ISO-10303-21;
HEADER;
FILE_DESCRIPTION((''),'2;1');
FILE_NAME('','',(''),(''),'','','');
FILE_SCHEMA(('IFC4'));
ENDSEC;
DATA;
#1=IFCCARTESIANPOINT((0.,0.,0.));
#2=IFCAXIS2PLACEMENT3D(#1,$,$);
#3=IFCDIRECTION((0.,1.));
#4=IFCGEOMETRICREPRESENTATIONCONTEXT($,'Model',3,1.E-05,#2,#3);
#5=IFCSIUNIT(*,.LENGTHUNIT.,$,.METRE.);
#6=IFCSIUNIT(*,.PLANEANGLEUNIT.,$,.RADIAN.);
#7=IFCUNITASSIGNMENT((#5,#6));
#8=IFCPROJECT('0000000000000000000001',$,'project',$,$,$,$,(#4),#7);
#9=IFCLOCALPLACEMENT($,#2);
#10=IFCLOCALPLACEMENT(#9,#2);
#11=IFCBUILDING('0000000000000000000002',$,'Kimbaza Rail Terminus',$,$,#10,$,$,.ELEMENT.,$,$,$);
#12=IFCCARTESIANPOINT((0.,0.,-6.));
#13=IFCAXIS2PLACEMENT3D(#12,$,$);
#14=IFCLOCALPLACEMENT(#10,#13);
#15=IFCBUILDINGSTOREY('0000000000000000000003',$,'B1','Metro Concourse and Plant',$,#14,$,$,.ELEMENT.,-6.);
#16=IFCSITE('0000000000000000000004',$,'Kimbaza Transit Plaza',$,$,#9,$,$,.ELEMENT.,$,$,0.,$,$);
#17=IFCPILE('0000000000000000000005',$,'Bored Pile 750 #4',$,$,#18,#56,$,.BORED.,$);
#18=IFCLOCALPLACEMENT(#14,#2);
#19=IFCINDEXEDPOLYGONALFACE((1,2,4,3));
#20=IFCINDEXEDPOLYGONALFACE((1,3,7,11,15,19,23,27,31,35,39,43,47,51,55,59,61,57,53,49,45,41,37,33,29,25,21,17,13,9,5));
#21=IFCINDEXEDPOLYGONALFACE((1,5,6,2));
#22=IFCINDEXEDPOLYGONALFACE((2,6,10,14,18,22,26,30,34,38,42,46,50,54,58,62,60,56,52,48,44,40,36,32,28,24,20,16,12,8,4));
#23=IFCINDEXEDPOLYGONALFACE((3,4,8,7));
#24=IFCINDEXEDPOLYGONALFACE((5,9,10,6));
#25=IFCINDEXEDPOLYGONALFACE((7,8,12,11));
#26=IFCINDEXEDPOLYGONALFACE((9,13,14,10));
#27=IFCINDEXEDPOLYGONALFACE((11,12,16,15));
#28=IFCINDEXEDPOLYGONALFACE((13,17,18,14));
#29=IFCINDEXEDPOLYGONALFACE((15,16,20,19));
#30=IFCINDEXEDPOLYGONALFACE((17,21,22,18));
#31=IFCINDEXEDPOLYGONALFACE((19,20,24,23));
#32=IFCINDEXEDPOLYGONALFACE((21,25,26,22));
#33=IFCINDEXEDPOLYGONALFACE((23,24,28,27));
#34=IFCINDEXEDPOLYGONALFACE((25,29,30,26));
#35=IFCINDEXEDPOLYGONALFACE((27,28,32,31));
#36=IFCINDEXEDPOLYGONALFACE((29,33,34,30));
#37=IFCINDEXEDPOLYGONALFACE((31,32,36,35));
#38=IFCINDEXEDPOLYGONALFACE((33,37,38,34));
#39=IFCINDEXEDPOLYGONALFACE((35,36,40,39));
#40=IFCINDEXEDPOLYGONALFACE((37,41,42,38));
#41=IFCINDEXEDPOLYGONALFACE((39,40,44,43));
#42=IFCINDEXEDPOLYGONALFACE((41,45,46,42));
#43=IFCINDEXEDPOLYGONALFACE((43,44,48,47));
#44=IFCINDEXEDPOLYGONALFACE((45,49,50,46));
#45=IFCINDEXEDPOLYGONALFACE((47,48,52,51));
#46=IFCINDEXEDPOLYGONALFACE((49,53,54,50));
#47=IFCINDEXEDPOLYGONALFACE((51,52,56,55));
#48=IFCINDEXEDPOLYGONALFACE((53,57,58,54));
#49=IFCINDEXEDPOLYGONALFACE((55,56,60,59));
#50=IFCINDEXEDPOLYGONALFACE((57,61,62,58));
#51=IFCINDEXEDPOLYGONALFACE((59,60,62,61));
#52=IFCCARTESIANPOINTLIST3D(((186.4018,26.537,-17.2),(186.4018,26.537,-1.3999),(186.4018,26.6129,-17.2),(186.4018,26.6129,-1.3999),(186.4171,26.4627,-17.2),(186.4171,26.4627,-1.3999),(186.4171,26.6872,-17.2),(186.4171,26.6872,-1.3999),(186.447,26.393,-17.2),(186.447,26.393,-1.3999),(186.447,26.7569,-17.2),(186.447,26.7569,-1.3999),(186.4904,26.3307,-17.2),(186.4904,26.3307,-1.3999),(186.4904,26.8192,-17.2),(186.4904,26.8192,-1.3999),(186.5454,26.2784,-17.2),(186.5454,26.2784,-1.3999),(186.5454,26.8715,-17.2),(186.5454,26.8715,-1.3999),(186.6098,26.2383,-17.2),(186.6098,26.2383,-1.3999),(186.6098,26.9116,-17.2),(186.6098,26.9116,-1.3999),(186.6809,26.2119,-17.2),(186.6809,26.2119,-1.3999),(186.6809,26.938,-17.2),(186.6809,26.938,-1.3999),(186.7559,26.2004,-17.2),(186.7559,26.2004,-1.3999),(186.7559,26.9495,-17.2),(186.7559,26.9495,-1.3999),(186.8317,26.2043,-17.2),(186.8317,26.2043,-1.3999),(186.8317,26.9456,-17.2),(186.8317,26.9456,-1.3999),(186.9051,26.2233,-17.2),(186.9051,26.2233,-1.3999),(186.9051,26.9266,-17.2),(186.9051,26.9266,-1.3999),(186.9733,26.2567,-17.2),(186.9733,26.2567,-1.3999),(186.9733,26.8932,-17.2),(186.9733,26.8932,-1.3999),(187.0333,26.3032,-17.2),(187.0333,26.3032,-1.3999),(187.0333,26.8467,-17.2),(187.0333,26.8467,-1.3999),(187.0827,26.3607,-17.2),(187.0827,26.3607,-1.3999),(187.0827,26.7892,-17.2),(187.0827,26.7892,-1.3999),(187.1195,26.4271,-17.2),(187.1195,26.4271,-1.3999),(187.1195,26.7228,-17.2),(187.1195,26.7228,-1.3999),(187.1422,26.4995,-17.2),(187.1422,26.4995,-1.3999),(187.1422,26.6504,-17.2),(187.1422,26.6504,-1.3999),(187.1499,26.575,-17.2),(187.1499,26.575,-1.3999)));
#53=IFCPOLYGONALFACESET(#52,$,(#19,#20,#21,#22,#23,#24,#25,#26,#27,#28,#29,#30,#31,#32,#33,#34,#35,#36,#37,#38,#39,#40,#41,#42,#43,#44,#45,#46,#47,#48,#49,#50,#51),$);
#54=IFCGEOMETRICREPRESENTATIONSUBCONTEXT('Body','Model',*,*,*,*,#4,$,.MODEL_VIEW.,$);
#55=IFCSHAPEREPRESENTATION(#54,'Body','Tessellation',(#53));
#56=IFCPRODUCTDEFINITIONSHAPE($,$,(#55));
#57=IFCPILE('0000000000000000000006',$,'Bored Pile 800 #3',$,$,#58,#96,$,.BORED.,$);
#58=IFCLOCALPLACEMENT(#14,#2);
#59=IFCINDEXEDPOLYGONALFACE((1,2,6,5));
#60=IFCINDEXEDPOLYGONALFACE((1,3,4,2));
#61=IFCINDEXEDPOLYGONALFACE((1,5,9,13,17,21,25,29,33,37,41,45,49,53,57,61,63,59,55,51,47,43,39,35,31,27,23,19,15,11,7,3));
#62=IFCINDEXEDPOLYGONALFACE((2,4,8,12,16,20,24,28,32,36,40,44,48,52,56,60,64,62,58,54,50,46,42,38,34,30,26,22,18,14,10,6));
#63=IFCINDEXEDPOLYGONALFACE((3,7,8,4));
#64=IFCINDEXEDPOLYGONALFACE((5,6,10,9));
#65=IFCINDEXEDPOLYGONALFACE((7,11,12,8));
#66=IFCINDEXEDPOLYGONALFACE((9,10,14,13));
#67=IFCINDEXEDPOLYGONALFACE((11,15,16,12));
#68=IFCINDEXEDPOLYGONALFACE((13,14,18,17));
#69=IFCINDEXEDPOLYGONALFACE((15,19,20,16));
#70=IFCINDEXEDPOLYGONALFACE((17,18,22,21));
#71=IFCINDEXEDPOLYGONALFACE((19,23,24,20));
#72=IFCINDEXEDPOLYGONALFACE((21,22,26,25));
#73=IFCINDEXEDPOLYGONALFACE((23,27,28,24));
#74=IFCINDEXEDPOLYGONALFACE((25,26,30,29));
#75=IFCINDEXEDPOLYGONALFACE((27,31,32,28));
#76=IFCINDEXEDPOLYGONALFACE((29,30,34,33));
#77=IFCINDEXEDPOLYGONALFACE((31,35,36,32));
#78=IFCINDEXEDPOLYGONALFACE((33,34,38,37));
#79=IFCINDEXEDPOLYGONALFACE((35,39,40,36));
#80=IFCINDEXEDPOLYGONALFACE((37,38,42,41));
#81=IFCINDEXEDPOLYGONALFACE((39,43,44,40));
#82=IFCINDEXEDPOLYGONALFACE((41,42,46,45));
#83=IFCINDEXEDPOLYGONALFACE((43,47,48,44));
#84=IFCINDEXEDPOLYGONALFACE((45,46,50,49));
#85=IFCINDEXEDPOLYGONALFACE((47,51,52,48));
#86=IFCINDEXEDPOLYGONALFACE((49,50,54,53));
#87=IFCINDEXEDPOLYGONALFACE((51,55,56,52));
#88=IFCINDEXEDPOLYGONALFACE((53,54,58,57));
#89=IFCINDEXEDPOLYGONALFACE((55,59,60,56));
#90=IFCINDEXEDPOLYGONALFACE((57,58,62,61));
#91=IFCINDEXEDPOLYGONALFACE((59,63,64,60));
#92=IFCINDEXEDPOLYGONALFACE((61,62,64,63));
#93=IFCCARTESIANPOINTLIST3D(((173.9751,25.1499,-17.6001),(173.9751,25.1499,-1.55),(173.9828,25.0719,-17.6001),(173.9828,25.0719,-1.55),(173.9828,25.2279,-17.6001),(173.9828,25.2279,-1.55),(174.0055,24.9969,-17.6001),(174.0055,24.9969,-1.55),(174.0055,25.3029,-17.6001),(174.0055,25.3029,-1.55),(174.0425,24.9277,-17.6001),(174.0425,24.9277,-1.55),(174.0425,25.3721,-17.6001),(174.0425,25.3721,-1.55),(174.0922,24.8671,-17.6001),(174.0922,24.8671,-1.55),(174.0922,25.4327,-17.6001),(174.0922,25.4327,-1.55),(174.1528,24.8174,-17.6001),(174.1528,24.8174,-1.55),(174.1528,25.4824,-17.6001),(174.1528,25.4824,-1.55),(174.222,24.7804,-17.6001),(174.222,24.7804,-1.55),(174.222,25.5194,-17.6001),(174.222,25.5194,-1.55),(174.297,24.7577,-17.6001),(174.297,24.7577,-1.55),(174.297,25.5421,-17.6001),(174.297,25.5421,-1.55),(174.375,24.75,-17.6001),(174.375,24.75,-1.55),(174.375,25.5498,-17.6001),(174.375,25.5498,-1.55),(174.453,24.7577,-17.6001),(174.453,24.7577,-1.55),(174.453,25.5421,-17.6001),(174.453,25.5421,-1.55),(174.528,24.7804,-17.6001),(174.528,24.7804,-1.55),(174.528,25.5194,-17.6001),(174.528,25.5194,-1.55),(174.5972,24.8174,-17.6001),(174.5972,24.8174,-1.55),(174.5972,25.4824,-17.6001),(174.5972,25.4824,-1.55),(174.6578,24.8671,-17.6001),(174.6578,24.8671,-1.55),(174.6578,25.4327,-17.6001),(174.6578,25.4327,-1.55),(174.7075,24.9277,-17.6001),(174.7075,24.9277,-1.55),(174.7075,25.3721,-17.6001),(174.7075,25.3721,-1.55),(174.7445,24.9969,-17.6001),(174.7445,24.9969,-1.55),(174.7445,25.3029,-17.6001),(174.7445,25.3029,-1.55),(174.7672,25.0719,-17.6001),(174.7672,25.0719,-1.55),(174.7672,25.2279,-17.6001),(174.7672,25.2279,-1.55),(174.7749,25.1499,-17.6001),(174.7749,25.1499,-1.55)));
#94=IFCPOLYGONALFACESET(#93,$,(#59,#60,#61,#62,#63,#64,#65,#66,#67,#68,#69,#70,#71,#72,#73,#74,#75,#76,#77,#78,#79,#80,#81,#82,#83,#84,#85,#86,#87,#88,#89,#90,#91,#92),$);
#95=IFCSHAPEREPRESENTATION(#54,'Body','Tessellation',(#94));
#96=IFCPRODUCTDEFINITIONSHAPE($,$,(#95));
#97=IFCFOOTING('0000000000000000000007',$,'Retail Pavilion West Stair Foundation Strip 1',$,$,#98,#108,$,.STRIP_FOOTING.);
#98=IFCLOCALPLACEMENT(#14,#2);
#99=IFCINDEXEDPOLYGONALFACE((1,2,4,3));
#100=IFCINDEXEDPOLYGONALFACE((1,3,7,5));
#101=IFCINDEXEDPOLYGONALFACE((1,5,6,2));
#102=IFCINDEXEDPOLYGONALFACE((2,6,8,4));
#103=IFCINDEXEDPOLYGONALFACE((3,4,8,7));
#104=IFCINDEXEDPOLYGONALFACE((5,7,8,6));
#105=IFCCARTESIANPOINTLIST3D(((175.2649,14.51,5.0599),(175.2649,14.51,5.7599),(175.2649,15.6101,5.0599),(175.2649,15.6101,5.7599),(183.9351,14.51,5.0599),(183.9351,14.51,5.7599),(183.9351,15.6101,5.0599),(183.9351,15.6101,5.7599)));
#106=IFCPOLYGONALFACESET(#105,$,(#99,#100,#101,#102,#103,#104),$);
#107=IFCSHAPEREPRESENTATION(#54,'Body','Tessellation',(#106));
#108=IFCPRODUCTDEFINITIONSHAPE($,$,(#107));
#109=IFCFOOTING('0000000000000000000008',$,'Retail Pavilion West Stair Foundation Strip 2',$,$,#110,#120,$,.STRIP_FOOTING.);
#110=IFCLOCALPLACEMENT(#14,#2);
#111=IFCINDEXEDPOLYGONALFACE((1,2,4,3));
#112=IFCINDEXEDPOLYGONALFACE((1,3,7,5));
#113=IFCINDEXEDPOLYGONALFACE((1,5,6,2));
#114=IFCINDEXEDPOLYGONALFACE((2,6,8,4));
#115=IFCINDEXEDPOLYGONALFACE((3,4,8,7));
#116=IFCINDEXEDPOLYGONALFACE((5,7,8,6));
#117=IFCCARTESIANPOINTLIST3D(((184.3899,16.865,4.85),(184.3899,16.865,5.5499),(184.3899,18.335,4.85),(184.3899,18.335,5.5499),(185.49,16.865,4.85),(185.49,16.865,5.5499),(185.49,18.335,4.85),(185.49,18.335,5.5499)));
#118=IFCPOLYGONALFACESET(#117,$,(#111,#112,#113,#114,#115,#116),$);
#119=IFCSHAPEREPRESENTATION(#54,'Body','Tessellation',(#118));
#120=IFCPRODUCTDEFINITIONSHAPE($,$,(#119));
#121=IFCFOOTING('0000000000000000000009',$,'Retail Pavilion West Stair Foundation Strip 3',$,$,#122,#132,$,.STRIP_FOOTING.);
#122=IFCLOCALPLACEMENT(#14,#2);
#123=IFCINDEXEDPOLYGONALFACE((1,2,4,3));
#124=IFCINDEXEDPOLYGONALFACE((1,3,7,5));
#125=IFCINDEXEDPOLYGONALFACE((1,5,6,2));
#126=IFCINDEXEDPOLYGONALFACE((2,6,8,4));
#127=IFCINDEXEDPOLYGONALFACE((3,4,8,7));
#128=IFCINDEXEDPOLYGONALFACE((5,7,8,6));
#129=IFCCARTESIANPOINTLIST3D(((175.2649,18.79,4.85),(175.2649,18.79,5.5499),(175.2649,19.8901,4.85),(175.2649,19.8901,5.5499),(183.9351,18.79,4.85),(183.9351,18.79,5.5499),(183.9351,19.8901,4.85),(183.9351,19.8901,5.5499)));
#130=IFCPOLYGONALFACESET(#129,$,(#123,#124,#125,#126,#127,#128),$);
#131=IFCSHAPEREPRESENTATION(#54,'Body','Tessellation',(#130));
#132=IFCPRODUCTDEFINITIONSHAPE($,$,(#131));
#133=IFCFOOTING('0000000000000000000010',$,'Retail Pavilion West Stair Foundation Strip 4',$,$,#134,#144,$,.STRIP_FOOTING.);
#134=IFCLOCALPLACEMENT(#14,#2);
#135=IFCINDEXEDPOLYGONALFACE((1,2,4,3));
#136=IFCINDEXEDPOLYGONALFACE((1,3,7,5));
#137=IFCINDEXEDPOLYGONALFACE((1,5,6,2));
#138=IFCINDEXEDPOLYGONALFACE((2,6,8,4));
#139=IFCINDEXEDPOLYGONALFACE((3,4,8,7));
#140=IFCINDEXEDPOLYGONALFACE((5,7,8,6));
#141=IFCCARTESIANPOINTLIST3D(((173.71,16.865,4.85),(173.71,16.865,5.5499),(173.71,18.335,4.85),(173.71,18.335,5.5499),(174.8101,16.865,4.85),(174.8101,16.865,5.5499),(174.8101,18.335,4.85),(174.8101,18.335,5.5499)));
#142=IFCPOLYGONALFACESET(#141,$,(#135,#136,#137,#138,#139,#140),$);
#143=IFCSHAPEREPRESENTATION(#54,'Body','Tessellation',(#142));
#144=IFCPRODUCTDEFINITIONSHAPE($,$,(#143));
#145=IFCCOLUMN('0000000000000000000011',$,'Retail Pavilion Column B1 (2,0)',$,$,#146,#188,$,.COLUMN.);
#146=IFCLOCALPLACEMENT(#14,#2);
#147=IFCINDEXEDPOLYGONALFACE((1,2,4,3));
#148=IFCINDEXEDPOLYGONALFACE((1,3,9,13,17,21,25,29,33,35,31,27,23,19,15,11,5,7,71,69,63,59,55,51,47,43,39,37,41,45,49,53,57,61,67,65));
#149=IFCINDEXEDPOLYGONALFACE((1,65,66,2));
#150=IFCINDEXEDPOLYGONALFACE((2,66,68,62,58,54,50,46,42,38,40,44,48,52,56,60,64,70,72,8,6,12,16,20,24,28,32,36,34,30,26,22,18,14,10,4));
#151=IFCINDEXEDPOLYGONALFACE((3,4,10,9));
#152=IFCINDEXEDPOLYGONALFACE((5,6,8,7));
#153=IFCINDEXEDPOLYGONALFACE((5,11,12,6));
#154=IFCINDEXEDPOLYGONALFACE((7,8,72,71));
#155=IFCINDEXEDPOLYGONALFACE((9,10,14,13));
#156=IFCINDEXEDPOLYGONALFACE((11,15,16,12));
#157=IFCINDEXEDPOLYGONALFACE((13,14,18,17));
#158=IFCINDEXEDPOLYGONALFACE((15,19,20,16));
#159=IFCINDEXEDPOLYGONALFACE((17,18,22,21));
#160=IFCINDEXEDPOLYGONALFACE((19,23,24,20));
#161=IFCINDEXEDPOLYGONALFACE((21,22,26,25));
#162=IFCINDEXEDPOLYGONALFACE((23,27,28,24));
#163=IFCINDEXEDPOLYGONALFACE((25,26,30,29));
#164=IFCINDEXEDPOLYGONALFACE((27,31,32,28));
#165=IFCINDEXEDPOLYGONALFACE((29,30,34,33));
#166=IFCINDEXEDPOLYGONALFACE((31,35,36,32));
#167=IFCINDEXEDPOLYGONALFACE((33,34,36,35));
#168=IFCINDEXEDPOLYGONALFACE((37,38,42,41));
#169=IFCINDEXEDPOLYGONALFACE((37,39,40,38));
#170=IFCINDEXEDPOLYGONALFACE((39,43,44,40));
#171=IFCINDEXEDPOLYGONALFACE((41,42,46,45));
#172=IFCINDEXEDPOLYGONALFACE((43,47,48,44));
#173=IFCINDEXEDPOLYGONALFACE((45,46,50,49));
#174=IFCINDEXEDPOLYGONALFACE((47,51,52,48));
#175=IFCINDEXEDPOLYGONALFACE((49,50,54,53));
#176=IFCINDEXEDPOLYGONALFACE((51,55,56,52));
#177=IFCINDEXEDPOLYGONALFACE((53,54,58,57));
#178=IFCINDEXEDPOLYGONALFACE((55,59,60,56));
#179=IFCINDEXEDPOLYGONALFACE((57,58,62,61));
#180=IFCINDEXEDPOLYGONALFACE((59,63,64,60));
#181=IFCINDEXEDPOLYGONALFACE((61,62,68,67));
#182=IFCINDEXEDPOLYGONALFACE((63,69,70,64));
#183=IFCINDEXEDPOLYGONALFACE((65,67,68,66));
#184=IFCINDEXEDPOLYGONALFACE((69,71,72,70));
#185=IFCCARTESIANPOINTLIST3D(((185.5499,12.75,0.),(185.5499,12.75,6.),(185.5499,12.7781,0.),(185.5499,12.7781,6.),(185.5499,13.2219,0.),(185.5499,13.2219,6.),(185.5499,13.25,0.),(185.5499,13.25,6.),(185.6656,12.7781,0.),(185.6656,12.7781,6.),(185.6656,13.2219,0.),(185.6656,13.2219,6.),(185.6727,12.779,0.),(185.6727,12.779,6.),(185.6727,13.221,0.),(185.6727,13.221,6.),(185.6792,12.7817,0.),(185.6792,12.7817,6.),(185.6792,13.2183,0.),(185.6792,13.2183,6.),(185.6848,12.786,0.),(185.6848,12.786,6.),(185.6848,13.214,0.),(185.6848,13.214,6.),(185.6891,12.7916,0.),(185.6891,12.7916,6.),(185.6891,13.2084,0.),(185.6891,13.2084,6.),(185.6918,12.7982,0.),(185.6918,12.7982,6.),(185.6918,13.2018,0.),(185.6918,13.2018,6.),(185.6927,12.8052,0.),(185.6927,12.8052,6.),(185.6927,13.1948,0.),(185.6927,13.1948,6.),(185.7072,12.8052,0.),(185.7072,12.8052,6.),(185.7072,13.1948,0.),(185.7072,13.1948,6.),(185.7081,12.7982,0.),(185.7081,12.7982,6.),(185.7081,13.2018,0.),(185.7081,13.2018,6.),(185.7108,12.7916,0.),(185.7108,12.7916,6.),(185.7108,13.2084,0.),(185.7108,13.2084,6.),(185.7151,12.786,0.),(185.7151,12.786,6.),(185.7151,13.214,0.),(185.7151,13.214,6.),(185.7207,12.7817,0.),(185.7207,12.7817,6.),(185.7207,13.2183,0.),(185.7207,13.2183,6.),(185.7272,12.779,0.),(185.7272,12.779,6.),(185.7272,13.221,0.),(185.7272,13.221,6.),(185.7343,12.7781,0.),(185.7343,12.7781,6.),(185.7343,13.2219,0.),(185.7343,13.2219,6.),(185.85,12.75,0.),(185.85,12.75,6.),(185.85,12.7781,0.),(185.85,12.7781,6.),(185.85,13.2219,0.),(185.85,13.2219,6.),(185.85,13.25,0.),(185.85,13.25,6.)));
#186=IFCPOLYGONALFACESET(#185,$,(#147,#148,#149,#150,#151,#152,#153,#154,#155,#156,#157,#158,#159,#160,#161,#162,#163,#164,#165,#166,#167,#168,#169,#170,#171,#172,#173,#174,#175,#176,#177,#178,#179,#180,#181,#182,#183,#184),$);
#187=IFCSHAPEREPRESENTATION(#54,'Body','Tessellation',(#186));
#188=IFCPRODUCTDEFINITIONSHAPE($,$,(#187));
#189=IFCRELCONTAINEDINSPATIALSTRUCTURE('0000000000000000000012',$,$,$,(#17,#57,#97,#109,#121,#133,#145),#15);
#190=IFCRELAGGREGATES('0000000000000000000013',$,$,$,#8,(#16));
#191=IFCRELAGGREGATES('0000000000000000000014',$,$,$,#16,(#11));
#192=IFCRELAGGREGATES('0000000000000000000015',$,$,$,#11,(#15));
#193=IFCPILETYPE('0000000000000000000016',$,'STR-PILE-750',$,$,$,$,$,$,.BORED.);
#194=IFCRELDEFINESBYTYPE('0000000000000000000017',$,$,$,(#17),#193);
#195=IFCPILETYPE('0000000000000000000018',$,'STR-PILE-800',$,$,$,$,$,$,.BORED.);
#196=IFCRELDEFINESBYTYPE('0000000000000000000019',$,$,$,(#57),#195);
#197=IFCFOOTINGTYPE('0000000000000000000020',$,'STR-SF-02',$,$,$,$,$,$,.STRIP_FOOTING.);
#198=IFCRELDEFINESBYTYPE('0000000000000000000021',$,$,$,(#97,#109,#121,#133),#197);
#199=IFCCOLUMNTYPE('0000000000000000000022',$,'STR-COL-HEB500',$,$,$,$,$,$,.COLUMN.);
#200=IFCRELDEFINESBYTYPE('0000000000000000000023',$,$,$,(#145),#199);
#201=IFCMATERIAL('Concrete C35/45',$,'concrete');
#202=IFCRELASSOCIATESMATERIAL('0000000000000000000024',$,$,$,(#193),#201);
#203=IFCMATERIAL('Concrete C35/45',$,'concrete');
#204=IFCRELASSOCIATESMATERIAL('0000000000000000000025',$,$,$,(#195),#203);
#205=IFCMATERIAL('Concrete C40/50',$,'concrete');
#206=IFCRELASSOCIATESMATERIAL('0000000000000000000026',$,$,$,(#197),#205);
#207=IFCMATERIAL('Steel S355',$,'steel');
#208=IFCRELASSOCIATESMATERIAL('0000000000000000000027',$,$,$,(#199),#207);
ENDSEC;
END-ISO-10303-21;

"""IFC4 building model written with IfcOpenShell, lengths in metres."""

from ifc_helpers import new_model, si_unit, direction, frame, origin, origin_2d, place, context, subcontext, project, spatial, rectangle, circle, i_section, extrude, material, material_profile, profile_set, type_object, element, save


model = new_model("IFC4")

# Units and contexts
model_context = context("Model", 3, precision=1e-05, world=origin(), true_north=direction((0.0, 1.0)))
body_context = subcontext(model_context, "Body", "Model", "MODEL_VIEW")
ifc_project = project(units=[si_unit("LENGTHUNIT", "METRE"), si_unit("PLANEANGLEUNIT", "RADIAN")], contexts=[model_context])

# Site, building, storey
site_placement = place(None, origin())
site = spatial("IfcSite", under=ifc_project, at=site_placement, Name="Kimbaza Transit Plaza", CompositionType="ELEMENT", RefElevation=0.0)
building_placement = place(site_placement, origin())
building = spatial("IfcBuilding", under=site, at=building_placement, Name="Kimbaza Rail Terminus", CompositionType="ELEMENT")
storey_placement = place(building_placement, frame((0.0, 0.0, -6.0)))
storey = spatial("IfcBuildingStorey", under=building, at=storey_placement, Name="B1", Description="Metro Concourse and Plant", CompositionType="ELEMENT", Elevation=-6.0)

# Piles
ifc_material_1 = material(Name="Concrete C35/45", Category="concrete")
ifc_material_profile_1 = material_profile(ifc_material_1, circle(Radius=0.375, at=origin_2d()), Name="BORED PILE 750")
ifc_profile_set_1 = profile_set([ifc_material_profile_1], Name="Concrete C35/45")
pile_type_1 = type_object("IfcPileType", Name="STR-PILE-750", PredefinedType="BORED", material=ifc_profile_set_1)
for number, where, z_axis, x_axis, name in (
    (1, (186.7749, 26.575, -1.3999), (0.0, 0.0, -1.0), (1.0, 0.0, 0.0), "Bored Pile 750 #4"),
):
    element("IfcPile", number, at=place(storey_placement, frame(where, z_axis=z_axis, x_axis=x_axis)), inside=storey, type_object=pile_type_1, Name=name, PredefinedType="BORED", context=body_context, shape_type="SweptSolid", body=[
        extrude(circle(Radius=0.375, at=origin_2d()), origin(), (0.0, 0.0, 1.0), 15.8),
    ])
ifc_material_2 = material(Name="Concrete C35/45", Category="concrete")
ifc_material_profile_2 = material_profile(ifc_material_2, circle(Radius=0.3999, at=origin_2d()), Name="BORED PILE 800")
ifc_profile_set_2 = profile_set([ifc_material_profile_2], Name="Concrete C35/45")
pile_type_2 = type_object("IfcPileType", Name="STR-PILE-800", PredefinedType="BORED", material=ifc_profile_set_2)
pile_placement = place(storey_placement, frame((174.375, 25.1499, -1.55), z_axis=(0.0, 0.0, -1.0), x_axis=(1.0, 0.0, 0.0)))
element("IfcPile", 2, at=pile_placement, inside=storey, type_object=pile_type_2, Name="Bored Pile 800 #3", PredefinedType="BORED", context=body_context, shape_type="SweptSolid", body=[
    extrude(circle(Radius=0.3999, at=origin_2d()), origin(), (0.0, 0.0, 1.0), 16.05),
])

# Footings
ifc_material_3 = material(Name="Concrete C40/50", Category="concrete")
ifc_material_profile_3 = material_profile(ifc_material_3, rectangle(XDim=1.1001, YDim=0.7, at=origin_2d()), Name="SF-02 1100x700")
ifc_profile_set_3 = profile_set([ifc_material_profile_3], Name="Concrete C40/50")
footing_type_1 = type_object("IfcFootingType", Name="STR-SF-02", PredefinedType="STRIP_FOOTING", material=ifc_profile_set_3)
footing_1_placement = place(storey_placement, frame((175.2649, 15.0601, 5.4099), z_axis=(1.0, 0.0, 0.0), x_axis=(0.0, 1.0, 0.0)))
element("IfcFooting", 3, at=footing_1_placement, inside=storey, type_object=footing_type_1, Name="Retail Pavilion West Stair Foundation Strip 1", PredefinedType="STRIP_FOOTING", context=body_context, shape_type="SweptSolid", body=[
    extrude(rectangle(XDim=1.1001, YDim=0.7, at=origin_2d()), origin(), (0.0, 0.0, 1.0), 8.6702),
])
footing_2_placement = place(storey_placement, frame((184.9399, 16.865, 5.2), z_axis=(0.0, 1.0, 0.0), x_axis=(-1.0, 0.0, 0.0)))
element("IfcFooting", 4, at=footing_2_placement, inside=storey, type_object=footing_type_1, Name="Retail Pavilion West Stair Foundation Strip 2", PredefinedType="STRIP_FOOTING", context=body_context, shape_type="SweptSolid", body=[
    extrude(rectangle(XDim=1.1001, YDim=0.7, at=origin_2d()), origin(), (0.0, 0.0, 1.0), 1.47),
])
footing_3_placement = place(storey_placement, frame((183.9351, 19.3401, 5.2), z_axis=(-1.0, 0.0, 0.0), x_axis=(0.0, -1.0, 0.0)))
element("IfcFooting", 5, at=footing_3_placement, inside=storey, type_object=footing_type_1, Name="Retail Pavilion West Stair Foundation Strip 3", PredefinedType="STRIP_FOOTING", context=body_context, shape_type="SweptSolid", body=[
    extrude(rectangle(XDim=1.1001, YDim=0.7, at=origin_2d()), origin(), (0.0, 0.0, 1.0), 8.6702),
])
footing_4_placement = place(storey_placement, frame((174.26, 18.335, 5.2), z_axis=(0.0, -1.0, 0.0), x_axis=(1.0, 0.0, 0.0)))
element("IfcFooting", 6, at=footing_4_placement, inside=storey, type_object=footing_type_1, Name="Retail Pavilion West Stair Foundation Strip 4", PredefinedType="STRIP_FOOTING", context=body_context, shape_type="SweptSolid", body=[
    extrude(rectangle(XDim=1.1001, YDim=0.7, at=origin_2d()), origin(), (0.0, 0.0, 1.0), 1.47),
])

# Column
ifc_material_4 = material(Name="Steel S355", Category="steel")
ifc_material_profile_4 = material_profile(ifc_material_4, i_section(OverallWidth=0.3, OverallDepth=0.5, WebThickness=0.0144, FlangeThickness=0.0281, FilletRadius=0.0271, at=origin_2d()), Name="HEB 500")
ifc_profile_set_4 = profile_set([ifc_material_profile_4], Name="Steel S355")
column_type = type_object("IfcColumnType", Name="STR-COL-HEB500", PredefinedType="COLUMN", material=ifc_profile_set_4)
for number, where, z_axis, x_axis, name in (
    (7, (185.7, 13.0, 0.0), (0.0, 0.0, 1.0), (1.0, 0.0, 0.0), "Retail Pavilion Column B1 (2,0)"),
):
    element("IfcColumn", number, at=place(storey_placement, frame(where, z_axis=z_axis, x_axis=x_axis)), inside=storey, type_object=column_type, Name=name, PredefinedType="COLUMN", context=body_context, shape_type="SweptSolid", body=[
        extrude(i_section(OverallWidth=0.3, OverallDepth=0.5, WebThickness=0.0144, FlangeThickness=0.0281, FilletRadius=0.0271, at=origin_2d()), origin(), (0.0, 0.0, 1.0), 6.0),
    ])

save(model, "model.ifc")
